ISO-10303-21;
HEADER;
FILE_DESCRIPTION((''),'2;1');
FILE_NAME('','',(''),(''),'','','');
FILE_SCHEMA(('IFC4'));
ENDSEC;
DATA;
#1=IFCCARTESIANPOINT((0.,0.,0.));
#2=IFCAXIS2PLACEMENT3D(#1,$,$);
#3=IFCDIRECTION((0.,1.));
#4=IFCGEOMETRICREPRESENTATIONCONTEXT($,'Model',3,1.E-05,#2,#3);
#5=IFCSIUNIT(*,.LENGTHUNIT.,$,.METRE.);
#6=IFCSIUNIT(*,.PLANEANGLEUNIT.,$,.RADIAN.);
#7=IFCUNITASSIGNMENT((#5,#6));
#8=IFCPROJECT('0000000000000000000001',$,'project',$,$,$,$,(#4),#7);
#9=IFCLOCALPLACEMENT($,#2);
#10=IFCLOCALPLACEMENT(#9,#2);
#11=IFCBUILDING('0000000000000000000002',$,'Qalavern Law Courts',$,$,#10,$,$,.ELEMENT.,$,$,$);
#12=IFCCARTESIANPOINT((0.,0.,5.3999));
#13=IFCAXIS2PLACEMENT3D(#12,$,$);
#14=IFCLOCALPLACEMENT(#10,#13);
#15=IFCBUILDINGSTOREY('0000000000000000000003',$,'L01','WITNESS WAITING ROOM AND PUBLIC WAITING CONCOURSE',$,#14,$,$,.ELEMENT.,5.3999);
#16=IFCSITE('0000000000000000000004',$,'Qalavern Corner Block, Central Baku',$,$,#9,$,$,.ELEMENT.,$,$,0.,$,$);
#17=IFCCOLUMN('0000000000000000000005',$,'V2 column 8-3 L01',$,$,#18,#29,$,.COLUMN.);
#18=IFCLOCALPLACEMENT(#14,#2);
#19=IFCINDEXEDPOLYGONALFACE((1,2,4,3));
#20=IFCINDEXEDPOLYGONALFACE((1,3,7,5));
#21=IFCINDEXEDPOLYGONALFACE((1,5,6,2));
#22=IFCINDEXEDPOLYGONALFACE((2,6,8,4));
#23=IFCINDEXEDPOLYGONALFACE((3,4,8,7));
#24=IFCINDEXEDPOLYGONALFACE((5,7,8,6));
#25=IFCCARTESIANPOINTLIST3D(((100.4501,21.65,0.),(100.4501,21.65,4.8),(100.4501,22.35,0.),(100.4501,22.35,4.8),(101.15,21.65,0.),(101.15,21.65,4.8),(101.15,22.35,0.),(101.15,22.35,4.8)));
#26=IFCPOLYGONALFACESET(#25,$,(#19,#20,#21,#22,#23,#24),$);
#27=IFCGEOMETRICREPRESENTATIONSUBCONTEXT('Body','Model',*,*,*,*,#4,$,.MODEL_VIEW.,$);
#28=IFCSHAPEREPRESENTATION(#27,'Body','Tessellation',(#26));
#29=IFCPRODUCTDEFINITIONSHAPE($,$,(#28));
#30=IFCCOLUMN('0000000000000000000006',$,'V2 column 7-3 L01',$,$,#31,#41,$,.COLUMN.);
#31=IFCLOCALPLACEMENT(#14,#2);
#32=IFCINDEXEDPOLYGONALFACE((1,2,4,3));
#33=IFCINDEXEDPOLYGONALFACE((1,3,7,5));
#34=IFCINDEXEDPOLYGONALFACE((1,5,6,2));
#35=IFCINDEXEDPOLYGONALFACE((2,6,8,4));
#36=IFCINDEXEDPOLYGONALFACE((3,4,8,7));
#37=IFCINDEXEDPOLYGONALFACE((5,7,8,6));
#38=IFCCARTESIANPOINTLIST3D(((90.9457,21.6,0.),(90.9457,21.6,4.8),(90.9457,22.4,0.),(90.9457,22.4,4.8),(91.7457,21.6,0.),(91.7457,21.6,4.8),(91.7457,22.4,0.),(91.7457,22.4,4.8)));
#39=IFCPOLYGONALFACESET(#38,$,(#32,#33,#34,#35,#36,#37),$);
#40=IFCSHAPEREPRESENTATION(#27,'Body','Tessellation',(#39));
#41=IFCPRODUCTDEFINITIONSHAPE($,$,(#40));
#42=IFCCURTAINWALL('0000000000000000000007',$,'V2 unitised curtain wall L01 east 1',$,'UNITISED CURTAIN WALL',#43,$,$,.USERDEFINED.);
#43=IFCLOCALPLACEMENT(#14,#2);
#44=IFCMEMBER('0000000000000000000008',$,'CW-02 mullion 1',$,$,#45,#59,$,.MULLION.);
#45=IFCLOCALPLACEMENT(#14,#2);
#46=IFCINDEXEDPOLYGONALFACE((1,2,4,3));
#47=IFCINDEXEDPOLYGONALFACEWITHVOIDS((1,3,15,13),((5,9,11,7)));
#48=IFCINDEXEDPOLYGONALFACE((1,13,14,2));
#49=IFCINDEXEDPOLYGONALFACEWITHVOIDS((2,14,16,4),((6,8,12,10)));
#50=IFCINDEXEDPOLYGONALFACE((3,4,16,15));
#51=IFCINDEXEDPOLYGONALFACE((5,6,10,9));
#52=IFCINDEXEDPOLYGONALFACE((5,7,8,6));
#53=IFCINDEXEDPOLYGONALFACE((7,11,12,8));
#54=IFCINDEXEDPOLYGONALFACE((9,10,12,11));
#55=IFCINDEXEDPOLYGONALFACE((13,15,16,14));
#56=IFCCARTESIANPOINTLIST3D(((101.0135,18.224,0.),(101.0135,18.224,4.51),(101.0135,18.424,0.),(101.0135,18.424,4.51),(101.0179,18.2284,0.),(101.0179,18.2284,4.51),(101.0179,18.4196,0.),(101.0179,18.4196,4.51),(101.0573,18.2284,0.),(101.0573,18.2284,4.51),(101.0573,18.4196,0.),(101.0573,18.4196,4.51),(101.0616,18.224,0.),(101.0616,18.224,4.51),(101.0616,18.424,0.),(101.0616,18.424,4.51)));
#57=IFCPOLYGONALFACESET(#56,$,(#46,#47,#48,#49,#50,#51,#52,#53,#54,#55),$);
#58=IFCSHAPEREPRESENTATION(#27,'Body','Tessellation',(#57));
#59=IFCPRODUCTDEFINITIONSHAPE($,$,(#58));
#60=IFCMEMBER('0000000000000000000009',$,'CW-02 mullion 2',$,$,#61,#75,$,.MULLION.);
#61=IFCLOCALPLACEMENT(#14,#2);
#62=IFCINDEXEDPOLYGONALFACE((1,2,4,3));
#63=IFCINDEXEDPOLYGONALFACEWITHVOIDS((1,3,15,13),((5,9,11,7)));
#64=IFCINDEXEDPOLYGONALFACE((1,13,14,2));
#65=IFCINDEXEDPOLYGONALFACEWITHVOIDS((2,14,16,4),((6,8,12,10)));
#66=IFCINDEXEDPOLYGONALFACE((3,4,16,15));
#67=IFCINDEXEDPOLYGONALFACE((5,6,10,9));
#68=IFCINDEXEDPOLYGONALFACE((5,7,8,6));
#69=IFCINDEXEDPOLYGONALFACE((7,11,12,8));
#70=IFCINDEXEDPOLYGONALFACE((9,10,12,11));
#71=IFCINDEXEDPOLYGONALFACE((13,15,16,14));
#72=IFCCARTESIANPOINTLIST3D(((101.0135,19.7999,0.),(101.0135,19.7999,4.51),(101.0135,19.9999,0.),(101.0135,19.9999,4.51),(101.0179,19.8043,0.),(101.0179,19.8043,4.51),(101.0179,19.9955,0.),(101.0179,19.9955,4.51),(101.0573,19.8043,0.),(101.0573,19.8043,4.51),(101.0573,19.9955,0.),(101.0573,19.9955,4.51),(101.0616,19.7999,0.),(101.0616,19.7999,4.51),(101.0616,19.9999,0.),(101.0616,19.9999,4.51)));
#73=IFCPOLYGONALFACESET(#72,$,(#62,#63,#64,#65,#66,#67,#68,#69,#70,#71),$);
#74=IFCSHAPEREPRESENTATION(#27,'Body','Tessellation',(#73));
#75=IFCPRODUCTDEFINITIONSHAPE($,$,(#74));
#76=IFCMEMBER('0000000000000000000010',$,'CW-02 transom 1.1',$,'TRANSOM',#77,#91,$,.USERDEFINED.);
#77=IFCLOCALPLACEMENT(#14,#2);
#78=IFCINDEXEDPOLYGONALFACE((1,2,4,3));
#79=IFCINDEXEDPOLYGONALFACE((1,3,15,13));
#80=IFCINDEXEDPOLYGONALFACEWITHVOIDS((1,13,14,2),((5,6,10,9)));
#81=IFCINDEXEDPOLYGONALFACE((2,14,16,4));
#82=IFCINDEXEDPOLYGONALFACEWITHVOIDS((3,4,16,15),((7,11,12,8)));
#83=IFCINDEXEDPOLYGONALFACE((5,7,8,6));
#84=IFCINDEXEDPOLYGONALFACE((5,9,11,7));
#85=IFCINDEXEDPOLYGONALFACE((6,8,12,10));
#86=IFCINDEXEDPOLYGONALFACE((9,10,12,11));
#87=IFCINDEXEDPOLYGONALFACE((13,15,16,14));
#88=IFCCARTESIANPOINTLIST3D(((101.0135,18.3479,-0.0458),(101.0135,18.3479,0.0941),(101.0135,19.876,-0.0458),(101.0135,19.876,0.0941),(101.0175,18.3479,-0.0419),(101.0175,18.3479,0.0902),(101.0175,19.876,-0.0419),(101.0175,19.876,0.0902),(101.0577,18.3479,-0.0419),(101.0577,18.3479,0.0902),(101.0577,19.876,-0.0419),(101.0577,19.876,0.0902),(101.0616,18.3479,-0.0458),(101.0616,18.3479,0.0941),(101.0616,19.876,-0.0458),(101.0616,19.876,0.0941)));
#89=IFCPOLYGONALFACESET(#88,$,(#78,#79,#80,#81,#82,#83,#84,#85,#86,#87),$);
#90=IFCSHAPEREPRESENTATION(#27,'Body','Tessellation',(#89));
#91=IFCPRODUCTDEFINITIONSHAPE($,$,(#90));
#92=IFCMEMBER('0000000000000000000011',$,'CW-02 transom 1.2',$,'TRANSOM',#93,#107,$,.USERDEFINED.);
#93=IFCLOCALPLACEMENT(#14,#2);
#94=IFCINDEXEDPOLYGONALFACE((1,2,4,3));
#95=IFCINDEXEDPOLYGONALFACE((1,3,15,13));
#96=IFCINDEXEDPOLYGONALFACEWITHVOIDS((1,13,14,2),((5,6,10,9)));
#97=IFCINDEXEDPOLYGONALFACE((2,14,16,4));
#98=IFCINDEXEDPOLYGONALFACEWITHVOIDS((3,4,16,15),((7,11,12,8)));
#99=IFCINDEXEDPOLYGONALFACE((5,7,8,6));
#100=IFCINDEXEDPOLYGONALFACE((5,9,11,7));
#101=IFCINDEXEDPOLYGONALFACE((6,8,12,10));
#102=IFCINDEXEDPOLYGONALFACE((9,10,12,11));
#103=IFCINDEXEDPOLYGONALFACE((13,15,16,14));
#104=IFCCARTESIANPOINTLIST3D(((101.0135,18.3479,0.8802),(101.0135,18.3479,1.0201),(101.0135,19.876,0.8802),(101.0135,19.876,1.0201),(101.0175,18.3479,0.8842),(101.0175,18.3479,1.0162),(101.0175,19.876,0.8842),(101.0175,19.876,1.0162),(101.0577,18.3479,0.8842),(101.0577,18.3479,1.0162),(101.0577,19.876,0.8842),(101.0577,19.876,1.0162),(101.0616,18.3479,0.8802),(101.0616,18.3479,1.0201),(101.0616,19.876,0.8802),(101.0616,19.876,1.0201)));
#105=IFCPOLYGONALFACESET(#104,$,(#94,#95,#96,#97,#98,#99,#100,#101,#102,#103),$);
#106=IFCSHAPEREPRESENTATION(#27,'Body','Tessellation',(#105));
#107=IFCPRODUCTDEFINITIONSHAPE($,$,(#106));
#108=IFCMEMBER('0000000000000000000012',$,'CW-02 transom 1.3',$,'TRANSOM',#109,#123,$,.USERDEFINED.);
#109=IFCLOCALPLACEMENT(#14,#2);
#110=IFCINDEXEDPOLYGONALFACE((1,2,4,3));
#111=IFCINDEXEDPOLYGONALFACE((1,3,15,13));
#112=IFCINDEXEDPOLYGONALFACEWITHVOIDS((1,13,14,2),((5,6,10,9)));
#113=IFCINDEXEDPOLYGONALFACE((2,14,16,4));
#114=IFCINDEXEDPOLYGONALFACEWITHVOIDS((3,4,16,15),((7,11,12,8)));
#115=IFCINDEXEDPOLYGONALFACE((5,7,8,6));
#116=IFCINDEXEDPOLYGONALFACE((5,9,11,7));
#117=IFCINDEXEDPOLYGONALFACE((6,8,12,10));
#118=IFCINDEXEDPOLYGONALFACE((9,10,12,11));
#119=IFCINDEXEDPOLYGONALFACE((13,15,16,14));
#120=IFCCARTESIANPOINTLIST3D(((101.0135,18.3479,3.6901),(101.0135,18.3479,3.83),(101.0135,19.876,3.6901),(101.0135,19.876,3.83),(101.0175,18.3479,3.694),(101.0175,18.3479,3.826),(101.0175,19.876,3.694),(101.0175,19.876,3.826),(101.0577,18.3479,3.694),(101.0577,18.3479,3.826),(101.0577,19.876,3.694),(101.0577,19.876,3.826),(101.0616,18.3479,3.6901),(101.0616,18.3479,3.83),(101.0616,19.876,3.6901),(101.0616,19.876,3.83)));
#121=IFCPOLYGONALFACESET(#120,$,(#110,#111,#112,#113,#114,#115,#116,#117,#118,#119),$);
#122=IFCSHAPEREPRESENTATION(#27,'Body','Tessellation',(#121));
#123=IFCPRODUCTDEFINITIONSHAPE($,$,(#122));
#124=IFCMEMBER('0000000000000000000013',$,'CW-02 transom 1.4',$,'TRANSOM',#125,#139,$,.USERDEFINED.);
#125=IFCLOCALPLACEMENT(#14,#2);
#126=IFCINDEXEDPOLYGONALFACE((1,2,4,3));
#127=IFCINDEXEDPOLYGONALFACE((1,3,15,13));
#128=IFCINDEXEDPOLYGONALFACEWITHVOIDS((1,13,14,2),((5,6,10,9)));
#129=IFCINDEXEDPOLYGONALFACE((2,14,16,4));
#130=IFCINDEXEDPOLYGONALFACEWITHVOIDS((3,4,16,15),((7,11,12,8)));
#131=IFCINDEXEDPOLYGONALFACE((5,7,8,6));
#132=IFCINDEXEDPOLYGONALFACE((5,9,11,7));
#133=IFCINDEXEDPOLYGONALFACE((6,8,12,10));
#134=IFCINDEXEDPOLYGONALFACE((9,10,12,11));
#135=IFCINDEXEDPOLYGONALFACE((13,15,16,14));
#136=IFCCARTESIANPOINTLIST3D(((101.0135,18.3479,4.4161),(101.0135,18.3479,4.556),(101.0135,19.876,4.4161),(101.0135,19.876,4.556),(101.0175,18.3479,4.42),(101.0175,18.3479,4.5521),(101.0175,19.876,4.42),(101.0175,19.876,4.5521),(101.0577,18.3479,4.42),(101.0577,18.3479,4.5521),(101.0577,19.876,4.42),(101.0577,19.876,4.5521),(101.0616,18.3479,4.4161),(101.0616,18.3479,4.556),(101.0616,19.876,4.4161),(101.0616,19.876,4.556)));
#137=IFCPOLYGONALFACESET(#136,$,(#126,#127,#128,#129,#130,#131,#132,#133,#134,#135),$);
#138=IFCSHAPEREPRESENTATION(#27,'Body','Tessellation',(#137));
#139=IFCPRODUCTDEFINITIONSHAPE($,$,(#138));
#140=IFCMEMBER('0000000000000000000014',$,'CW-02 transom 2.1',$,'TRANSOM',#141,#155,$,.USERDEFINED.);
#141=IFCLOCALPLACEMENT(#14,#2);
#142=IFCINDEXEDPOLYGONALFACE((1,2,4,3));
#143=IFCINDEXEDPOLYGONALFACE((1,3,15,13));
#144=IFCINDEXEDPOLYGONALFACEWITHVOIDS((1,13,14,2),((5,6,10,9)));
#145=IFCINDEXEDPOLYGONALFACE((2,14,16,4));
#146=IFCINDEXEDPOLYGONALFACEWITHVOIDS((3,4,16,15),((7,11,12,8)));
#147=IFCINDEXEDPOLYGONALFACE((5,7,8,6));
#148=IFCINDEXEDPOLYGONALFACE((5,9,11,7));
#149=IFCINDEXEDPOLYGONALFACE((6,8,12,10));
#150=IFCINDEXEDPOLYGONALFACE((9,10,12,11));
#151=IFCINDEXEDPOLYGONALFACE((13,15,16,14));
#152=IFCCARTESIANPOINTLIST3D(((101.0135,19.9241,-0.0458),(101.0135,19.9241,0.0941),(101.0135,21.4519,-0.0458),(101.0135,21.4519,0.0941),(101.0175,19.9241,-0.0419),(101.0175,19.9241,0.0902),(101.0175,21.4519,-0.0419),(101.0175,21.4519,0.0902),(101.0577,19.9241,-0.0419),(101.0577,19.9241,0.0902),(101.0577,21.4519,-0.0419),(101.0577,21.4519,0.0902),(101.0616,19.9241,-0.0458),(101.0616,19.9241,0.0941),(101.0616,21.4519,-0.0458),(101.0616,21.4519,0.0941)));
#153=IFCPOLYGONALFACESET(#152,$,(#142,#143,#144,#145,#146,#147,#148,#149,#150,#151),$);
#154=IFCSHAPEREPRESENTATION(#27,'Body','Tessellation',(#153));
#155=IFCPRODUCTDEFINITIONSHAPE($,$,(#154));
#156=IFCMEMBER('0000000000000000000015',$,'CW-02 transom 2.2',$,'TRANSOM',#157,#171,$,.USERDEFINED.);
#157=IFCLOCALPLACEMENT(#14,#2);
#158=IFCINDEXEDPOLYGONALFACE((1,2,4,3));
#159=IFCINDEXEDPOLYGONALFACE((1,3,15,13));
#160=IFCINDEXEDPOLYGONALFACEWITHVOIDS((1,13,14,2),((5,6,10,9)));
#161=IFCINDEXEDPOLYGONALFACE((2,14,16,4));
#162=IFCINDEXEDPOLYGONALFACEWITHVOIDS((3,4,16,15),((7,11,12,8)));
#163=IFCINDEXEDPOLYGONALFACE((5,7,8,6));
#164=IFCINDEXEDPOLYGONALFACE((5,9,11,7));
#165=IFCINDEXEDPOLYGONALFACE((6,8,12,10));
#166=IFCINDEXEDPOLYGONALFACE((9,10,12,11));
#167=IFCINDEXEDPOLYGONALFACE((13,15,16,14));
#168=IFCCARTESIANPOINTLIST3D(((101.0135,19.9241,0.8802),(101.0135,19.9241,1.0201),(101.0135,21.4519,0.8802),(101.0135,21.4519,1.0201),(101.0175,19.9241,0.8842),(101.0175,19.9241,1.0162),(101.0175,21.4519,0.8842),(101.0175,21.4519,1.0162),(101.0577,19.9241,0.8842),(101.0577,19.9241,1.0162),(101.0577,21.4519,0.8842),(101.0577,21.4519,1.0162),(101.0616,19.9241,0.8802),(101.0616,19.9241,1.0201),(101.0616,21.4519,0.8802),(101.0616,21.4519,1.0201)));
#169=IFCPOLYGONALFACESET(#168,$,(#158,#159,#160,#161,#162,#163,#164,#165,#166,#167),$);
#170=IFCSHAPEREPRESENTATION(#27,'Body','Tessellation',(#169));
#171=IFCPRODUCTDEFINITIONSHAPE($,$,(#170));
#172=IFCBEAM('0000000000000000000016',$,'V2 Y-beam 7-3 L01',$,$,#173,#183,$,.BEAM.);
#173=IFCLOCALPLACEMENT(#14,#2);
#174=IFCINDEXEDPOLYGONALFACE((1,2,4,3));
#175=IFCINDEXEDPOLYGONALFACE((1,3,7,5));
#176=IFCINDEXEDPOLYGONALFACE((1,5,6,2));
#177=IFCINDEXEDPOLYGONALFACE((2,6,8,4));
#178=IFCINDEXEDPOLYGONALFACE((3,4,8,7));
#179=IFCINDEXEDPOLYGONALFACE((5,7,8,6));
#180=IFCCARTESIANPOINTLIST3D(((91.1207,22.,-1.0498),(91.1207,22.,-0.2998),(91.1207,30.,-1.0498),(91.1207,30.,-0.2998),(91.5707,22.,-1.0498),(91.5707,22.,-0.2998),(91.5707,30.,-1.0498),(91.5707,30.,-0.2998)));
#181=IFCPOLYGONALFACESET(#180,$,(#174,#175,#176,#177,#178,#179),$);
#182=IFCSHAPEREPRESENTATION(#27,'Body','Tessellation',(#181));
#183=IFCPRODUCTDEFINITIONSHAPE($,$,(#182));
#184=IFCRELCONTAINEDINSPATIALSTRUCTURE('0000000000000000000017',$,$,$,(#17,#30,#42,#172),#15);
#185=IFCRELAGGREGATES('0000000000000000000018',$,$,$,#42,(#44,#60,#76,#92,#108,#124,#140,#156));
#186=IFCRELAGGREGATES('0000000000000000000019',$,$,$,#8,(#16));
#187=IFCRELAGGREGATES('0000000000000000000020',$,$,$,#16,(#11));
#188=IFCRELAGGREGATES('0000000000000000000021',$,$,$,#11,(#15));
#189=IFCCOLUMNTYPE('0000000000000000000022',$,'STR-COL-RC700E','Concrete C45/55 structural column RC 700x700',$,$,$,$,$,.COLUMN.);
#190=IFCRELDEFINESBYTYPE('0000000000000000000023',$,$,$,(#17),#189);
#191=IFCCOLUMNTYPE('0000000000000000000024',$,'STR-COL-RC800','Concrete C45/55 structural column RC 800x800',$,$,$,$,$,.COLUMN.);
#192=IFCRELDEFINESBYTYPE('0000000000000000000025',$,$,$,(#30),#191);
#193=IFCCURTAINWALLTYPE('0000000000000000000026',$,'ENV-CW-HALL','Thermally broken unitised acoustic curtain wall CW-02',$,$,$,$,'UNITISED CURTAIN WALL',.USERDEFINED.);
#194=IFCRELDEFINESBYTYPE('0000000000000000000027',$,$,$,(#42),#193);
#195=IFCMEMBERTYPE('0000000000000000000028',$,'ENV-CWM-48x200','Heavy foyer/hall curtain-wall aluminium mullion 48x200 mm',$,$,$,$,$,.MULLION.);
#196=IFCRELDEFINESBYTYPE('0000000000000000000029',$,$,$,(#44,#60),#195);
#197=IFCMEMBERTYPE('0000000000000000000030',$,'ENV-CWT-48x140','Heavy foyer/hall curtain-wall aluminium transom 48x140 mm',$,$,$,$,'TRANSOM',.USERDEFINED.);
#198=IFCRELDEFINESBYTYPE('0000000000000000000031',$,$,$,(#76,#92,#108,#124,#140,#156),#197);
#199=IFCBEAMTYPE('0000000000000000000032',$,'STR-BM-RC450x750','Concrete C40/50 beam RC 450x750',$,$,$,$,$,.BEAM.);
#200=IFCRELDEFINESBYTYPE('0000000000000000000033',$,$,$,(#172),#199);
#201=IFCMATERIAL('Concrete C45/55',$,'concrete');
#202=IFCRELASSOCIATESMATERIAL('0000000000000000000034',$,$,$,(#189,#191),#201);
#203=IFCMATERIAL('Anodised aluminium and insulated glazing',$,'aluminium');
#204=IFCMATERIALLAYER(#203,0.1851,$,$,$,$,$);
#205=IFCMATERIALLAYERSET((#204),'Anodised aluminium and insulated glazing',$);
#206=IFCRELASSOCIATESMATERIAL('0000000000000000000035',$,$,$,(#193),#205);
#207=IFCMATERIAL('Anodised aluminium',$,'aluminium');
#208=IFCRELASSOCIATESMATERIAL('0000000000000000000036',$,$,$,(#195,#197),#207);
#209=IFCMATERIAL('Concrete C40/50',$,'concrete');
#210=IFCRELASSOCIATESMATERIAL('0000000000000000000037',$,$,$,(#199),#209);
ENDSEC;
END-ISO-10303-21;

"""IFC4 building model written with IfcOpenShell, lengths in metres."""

from ifc_helpers import new_model, si_unit, direction, frame, origin, origin_2d, place, context, subcontext, project, spatial, rectangle, hollow_rectangle, extrude, material, layer, layer_set, material_profile, profile_set, type_object, element, aggregate, save


model = new_model("IFC4")

# Units and contexts
model_context = context("Model", 3, precision=1e-05, world=origin(), true_north=direction((0.0, 1.0)))
body_context = subcontext(model_context, "Body", "Model", "MODEL_VIEW")
ifc_project = project(units=[si_unit("LENGTHUNIT", "METRE"), si_unit("PLANEANGLEUNIT", "RADIAN")], contexts=[model_context])

# Site, building, storey
site_placement = place(None, origin())
site = spatial("IfcSite", under=ifc_project, at=site_placement, Name="Qalavern Corner Block, Central Baku", CompositionType="ELEMENT", RefElevation=0.0)
building_placement = place(site_placement, origin())
building = spatial("IfcBuilding", under=site, at=building_placement, Name="Qalavern Law Courts", CompositionType="ELEMENT")
storey_placement = place(building_placement, frame((0.0, 0.0, 5.3999)))
storey = spatial("IfcBuildingStorey", under=building, at=storey_placement, Name="L01", Description="WITNESS WAITING ROOM AND PUBLIC WAITING CONCOURSE", CompositionType="ELEMENT", Elevation=5.3999)

# Columns
ifc_material_1 = material(Name="Concrete C45/55", Category="concrete")
ifc_material_profile_1 = material_profile(ifc_material_1, rectangle(XDim=0.7, YDim=0.7, at=origin_2d()), Name="RC 700x700")
ifc_profile_set_1 = profile_set([ifc_material_profile_1], Name="Concrete C45/55")
column_type_1 = type_object("IfcColumnType", Name="STR-COL-RC700E", Description="Concrete C45/55 structural column RC 700x700", PredefinedType="COLUMN", material=ifc_profile_set_1)
column_1_placement = place(storey_placement, frame((100.8, 22.0, 0.0), z_axis=(0.0, 0.0, 1.0), x_axis=(1.0, 0.0, 0.0)))
element("IfcColumn", 1, at=column_1_placement, inside=storey, type_object=column_type_1, Name="V2 column 8-3 L01", PredefinedType="COLUMN", context=body_context, shape_type="SweptSolid", body=[
    extrude(rectangle(XDim=0.7, YDim=0.7, at=origin_2d()), origin(), (0.0, 0.0, 1.0), 4.8),
])
ifc_material_profile_2 = material_profile(ifc_material_1, rectangle(XDim=0.8, YDim=0.8, at=origin_2d()), Name="RC 800x800")
ifc_profile_set_2 = profile_set([ifc_material_profile_2], Name="Concrete C45/55")
column_type_2 = type_object("IfcColumnType", Name="STR-COL-RC800", Description="Concrete C45/55 structural column RC 800x800", PredefinedType="COLUMN", material=ifc_profile_set_2)
column_2_placement = place(storey_placement, frame((91.3457, 22.0, 0.0), z_axis=(0.0, 0.0, 1.0), x_axis=(1.0, 0.0, 0.0)))
element("IfcColumn", 2, at=column_2_placement, inside=storey, type_object=column_type_2, Name="V2 column 7-3 L01", PredefinedType="COLUMN", context=body_context, shape_type="SweptSolid", body=[
    extrude(rectangle(XDim=0.8, YDim=0.8, at=origin_2d()), origin(), (0.0, 0.0, 1.0), 4.8),
])

# Curtain wall, members
ifc_material_2 = material(Name="Anodised aluminium and insulated glazing", Category="aluminium")
ifc_layer_1 = layer(ifc_material_2, 0.1851)
ifc_layer_set_1 = layer_set([ifc_layer_1], Name="Anodised aluminium and insulated glazing")
curtain_wall_type = type_object("IfcCurtainWallType", Name="ENV-CW-HALL", Description="Thermally broken unitised acoustic curtain wall CW-02", ElementType="UNITISED CURTAIN WALL", PredefinedType="USERDEFINED", material=ifc_layer_set_1)
curtain_wall_placement = place(storey_placement, origin())
curtain_wall = element("IfcCurtainWall", 3, at=curtain_wall_placement, inside=storey, type_object=curtain_wall_type, Name="V2 unitised curtain wall L01 east 1", ObjectType="UNITISED CURTAIN WALL", PredefinedType="USERDEFINED")
ifc_material_3 = material(Name="Anodised aluminium", Category="aluminium")
ifc_material_profile_3 = material_profile(ifc_material_3, hollow_rectangle(XDim=0.0481, YDim=0.2, WallThickness=0.0044, at=origin_2d()), Name="ALU MULLION 48x200")
ifc_profile_set_3 = profile_set([ifc_material_profile_3], Name="Anodised aluminium")
member_type_1 = type_object("IfcMemberType", Name="ENV-CWM-48x200", Description="Heavy foyer/hall curtain-wall aluminium mullion 48x200 mm", PredefinedType="MULLION", material=ifc_profile_set_3)
member_1_placement = place(storey_placement, frame((101.0376, 18.324, 0.0), z_axis=(0.0, 0.0, 1.0), x_axis=(-1.0, 0.0, 0.0)))
member_1 = element("IfcMember", 4, at=member_1_placement, type_object=member_type_1, Name="CW-02 mullion 1", PredefinedType="MULLION", context=body_context, shape_type="SweptSolid", body=[
    extrude(hollow_rectangle(XDim=0.0481, YDim=0.2, WallThickness=0.0044, at=origin_2d()), origin(), (0.0, 0.0, 1.0), 4.51),
])
member_2_placement = place(storey_placement, frame((101.0376, 19.8999, 0.0), z_axis=(0.0, 0.0, 1.0), x_axis=(-1.0, 0.0, 0.0)))
member_2 = element("IfcMember", 5, at=member_2_placement, type_object=member_type_1, Name="CW-02 mullion 2", PredefinedType="MULLION", context=body_context, shape_type="SweptSolid", body=[
    extrude(hollow_rectangle(XDim=0.0481, YDim=0.2, WallThickness=0.0044, at=origin_2d()), origin(), (0.0, 0.0, 1.0), 4.51),
])
ifc_material_profile_4 = material_profile(ifc_material_3, hollow_rectangle(XDim=0.0481, YDim=0.1399, WallThickness=0.0039, at=origin_2d()), Name="ALU TRANSOM 48x140")
ifc_profile_set_4 = profile_set([ifc_material_profile_4], Name="Anodised aluminium")
member_type_2 = type_object("IfcMemberType", Name="ENV-CWT-48x140", Description="Heavy foyer/hall curtain-wall aluminium transom 48x140 mm", ElementType="TRANSOM", PredefinedType="USERDEFINED", material=ifc_profile_set_4)
member_3_placement = place(storey_placement, frame((101.0376, 18.3479, 0.0242), z_axis=(0.0, 1.0, 0.0), x_axis=(-1.0, 0.0, 0.0)))
member_3 = element("IfcMember", 6, at=member_3_placement, type_object=member_type_2, Name="CW-02 transom 1.1", ObjectType="TRANSOM", PredefinedType="USERDEFINED", context=body_context, shape_type="SweptSolid", body=[
    extrude(hollow_rectangle(XDim=0.0481, YDim=0.1399, WallThickness=0.0039, at=origin_2d()), origin(), (0.0, 0.0, 1.0), 1.5281),
])
member_4_placement = place(storey_placement, frame((101.0376, 18.3479, 0.9502), z_axis=(0.0, 1.0, 0.0), x_axis=(-1.0, 0.0, 0.0)))
member_4 = element("IfcMember", 7, at=member_4_placement, type_object=member_type_2, Name="CW-02 transom 1.2", ObjectType="TRANSOM", PredefinedType="USERDEFINED", context=body_context, shape_type="SweptSolid", body=[
    extrude(hollow_rectangle(XDim=0.0481, YDim=0.1399, WallThickness=0.0039, at=origin_2d()), origin(), (0.0, 0.0, 1.0), 1.5281),
])
member_5_placement = place(storey_placement, frame((101.0376, 18.3479, 3.76), z_axis=(0.0, 1.0, 0.0), x_axis=(-1.0, 0.0, 0.0)))
member_5 = element("IfcMember", 8, at=member_5_placement, type_object=member_type_2, Name="CW-02 transom 1.3", ObjectType="TRANSOM", PredefinedType="USERDEFINED", context=body_context, shape_type="SweptSolid", body=[
    extrude(hollow_rectangle(XDim=0.0481, YDim=0.1399, WallThickness=0.0039, at=origin_2d()), origin(), (0.0, 0.0, 1.0), 1.5281),
])
member_6_placement = place(storey_placement, frame((101.0376, 18.3479, 4.4861), z_axis=(0.0, 1.0, 0.0), x_axis=(-1.0, 0.0, 0.0)))
member_6 = element("IfcMember", 9, at=member_6_placement, type_object=member_type_2, Name="CW-02 transom 1.4", ObjectType="TRANSOM", PredefinedType="USERDEFINED", context=body_context, shape_type="SweptSolid", body=[
    extrude(hollow_rectangle(XDim=0.0481, YDim=0.1399, WallThickness=0.0039, at=origin_2d()), origin(), (0.0, 0.0, 1.0), 1.5281),
])
member_7_placement = place(storey_placement, frame((101.0376, 19.9241, 0.0242), z_axis=(0.0, 1.0, 0.0), x_axis=(-1.0, 0.0, 0.0)))
member_7 = element("IfcMember", 10, at=member_7_placement, type_object=member_type_2, Name="CW-02 transom 2.1", ObjectType="TRANSOM", PredefinedType="USERDEFINED", context=body_context, shape_type="SweptSolid", body=[
    extrude(hollow_rectangle(XDim=0.0481, YDim=0.1399, WallThickness=0.0039, at=origin_2d()), origin(), (0.0, 0.0, 1.0), 1.5278),
])
member_8_placement = place(storey_placement, frame((101.0376, 19.9241, 0.9502), z_axis=(0.0, 1.0, 0.0), x_axis=(-1.0, 0.0, 0.0)))
member_8 = element("IfcMember", 11, at=member_8_placement, type_object=member_type_2, Name="CW-02 transom 2.2", ObjectType="TRANSOM", PredefinedType="USERDEFINED", context=body_context, shape_type="SweptSolid", body=[
    extrude(hollow_rectangle(XDim=0.0481, YDim=0.1399, WallThickness=0.0039, at=origin_2d()), origin(), (0.0, 0.0, 1.0), 1.5278),
])

# Beam
ifc_material_4 = material(Name="Concrete C40/50", Category="concrete")
ifc_material_profile_5 = material_profile(ifc_material_4, rectangle(XDim=0.45, YDim=0.75, at=origin_2d()), Name="RC 450x750")
ifc_profile_set_5 = profile_set([ifc_material_profile_5], Name="Concrete C40/50")
beam_type_1 = type_object("IfcBeamType", Name="STR-BM-RC450x750", Description="Concrete C40/50 beam RC 450x750", PredefinedType="BEAM", material=ifc_profile_set_5)
beam_1_placement = place(storey_placement, frame((91.3457, 22.0, -0.6748), z_axis=(0.0, 1.0, 0.0), x_axis=(-1.0, 0.0, 0.0)))
element("IfcBeam", 12, at=beam_1_placement, inside=storey, type_object=beam_type_1, Name="V2 Y-beam 7-3 L01", PredefinedType="BEAM", context=body_context, shape_type="SweptSolid", body=[
    extrude(rectangle(XDim=0.45, YDim=0.75, at=origin_2d()), origin(), (0.0, 0.0, 1.0), 8.0),
])

aggregate(curtain_wall, [member_1, member_2, member_3, member_4, member_5, member_6, member_7, member_8])

save(model, "model.ifc")
